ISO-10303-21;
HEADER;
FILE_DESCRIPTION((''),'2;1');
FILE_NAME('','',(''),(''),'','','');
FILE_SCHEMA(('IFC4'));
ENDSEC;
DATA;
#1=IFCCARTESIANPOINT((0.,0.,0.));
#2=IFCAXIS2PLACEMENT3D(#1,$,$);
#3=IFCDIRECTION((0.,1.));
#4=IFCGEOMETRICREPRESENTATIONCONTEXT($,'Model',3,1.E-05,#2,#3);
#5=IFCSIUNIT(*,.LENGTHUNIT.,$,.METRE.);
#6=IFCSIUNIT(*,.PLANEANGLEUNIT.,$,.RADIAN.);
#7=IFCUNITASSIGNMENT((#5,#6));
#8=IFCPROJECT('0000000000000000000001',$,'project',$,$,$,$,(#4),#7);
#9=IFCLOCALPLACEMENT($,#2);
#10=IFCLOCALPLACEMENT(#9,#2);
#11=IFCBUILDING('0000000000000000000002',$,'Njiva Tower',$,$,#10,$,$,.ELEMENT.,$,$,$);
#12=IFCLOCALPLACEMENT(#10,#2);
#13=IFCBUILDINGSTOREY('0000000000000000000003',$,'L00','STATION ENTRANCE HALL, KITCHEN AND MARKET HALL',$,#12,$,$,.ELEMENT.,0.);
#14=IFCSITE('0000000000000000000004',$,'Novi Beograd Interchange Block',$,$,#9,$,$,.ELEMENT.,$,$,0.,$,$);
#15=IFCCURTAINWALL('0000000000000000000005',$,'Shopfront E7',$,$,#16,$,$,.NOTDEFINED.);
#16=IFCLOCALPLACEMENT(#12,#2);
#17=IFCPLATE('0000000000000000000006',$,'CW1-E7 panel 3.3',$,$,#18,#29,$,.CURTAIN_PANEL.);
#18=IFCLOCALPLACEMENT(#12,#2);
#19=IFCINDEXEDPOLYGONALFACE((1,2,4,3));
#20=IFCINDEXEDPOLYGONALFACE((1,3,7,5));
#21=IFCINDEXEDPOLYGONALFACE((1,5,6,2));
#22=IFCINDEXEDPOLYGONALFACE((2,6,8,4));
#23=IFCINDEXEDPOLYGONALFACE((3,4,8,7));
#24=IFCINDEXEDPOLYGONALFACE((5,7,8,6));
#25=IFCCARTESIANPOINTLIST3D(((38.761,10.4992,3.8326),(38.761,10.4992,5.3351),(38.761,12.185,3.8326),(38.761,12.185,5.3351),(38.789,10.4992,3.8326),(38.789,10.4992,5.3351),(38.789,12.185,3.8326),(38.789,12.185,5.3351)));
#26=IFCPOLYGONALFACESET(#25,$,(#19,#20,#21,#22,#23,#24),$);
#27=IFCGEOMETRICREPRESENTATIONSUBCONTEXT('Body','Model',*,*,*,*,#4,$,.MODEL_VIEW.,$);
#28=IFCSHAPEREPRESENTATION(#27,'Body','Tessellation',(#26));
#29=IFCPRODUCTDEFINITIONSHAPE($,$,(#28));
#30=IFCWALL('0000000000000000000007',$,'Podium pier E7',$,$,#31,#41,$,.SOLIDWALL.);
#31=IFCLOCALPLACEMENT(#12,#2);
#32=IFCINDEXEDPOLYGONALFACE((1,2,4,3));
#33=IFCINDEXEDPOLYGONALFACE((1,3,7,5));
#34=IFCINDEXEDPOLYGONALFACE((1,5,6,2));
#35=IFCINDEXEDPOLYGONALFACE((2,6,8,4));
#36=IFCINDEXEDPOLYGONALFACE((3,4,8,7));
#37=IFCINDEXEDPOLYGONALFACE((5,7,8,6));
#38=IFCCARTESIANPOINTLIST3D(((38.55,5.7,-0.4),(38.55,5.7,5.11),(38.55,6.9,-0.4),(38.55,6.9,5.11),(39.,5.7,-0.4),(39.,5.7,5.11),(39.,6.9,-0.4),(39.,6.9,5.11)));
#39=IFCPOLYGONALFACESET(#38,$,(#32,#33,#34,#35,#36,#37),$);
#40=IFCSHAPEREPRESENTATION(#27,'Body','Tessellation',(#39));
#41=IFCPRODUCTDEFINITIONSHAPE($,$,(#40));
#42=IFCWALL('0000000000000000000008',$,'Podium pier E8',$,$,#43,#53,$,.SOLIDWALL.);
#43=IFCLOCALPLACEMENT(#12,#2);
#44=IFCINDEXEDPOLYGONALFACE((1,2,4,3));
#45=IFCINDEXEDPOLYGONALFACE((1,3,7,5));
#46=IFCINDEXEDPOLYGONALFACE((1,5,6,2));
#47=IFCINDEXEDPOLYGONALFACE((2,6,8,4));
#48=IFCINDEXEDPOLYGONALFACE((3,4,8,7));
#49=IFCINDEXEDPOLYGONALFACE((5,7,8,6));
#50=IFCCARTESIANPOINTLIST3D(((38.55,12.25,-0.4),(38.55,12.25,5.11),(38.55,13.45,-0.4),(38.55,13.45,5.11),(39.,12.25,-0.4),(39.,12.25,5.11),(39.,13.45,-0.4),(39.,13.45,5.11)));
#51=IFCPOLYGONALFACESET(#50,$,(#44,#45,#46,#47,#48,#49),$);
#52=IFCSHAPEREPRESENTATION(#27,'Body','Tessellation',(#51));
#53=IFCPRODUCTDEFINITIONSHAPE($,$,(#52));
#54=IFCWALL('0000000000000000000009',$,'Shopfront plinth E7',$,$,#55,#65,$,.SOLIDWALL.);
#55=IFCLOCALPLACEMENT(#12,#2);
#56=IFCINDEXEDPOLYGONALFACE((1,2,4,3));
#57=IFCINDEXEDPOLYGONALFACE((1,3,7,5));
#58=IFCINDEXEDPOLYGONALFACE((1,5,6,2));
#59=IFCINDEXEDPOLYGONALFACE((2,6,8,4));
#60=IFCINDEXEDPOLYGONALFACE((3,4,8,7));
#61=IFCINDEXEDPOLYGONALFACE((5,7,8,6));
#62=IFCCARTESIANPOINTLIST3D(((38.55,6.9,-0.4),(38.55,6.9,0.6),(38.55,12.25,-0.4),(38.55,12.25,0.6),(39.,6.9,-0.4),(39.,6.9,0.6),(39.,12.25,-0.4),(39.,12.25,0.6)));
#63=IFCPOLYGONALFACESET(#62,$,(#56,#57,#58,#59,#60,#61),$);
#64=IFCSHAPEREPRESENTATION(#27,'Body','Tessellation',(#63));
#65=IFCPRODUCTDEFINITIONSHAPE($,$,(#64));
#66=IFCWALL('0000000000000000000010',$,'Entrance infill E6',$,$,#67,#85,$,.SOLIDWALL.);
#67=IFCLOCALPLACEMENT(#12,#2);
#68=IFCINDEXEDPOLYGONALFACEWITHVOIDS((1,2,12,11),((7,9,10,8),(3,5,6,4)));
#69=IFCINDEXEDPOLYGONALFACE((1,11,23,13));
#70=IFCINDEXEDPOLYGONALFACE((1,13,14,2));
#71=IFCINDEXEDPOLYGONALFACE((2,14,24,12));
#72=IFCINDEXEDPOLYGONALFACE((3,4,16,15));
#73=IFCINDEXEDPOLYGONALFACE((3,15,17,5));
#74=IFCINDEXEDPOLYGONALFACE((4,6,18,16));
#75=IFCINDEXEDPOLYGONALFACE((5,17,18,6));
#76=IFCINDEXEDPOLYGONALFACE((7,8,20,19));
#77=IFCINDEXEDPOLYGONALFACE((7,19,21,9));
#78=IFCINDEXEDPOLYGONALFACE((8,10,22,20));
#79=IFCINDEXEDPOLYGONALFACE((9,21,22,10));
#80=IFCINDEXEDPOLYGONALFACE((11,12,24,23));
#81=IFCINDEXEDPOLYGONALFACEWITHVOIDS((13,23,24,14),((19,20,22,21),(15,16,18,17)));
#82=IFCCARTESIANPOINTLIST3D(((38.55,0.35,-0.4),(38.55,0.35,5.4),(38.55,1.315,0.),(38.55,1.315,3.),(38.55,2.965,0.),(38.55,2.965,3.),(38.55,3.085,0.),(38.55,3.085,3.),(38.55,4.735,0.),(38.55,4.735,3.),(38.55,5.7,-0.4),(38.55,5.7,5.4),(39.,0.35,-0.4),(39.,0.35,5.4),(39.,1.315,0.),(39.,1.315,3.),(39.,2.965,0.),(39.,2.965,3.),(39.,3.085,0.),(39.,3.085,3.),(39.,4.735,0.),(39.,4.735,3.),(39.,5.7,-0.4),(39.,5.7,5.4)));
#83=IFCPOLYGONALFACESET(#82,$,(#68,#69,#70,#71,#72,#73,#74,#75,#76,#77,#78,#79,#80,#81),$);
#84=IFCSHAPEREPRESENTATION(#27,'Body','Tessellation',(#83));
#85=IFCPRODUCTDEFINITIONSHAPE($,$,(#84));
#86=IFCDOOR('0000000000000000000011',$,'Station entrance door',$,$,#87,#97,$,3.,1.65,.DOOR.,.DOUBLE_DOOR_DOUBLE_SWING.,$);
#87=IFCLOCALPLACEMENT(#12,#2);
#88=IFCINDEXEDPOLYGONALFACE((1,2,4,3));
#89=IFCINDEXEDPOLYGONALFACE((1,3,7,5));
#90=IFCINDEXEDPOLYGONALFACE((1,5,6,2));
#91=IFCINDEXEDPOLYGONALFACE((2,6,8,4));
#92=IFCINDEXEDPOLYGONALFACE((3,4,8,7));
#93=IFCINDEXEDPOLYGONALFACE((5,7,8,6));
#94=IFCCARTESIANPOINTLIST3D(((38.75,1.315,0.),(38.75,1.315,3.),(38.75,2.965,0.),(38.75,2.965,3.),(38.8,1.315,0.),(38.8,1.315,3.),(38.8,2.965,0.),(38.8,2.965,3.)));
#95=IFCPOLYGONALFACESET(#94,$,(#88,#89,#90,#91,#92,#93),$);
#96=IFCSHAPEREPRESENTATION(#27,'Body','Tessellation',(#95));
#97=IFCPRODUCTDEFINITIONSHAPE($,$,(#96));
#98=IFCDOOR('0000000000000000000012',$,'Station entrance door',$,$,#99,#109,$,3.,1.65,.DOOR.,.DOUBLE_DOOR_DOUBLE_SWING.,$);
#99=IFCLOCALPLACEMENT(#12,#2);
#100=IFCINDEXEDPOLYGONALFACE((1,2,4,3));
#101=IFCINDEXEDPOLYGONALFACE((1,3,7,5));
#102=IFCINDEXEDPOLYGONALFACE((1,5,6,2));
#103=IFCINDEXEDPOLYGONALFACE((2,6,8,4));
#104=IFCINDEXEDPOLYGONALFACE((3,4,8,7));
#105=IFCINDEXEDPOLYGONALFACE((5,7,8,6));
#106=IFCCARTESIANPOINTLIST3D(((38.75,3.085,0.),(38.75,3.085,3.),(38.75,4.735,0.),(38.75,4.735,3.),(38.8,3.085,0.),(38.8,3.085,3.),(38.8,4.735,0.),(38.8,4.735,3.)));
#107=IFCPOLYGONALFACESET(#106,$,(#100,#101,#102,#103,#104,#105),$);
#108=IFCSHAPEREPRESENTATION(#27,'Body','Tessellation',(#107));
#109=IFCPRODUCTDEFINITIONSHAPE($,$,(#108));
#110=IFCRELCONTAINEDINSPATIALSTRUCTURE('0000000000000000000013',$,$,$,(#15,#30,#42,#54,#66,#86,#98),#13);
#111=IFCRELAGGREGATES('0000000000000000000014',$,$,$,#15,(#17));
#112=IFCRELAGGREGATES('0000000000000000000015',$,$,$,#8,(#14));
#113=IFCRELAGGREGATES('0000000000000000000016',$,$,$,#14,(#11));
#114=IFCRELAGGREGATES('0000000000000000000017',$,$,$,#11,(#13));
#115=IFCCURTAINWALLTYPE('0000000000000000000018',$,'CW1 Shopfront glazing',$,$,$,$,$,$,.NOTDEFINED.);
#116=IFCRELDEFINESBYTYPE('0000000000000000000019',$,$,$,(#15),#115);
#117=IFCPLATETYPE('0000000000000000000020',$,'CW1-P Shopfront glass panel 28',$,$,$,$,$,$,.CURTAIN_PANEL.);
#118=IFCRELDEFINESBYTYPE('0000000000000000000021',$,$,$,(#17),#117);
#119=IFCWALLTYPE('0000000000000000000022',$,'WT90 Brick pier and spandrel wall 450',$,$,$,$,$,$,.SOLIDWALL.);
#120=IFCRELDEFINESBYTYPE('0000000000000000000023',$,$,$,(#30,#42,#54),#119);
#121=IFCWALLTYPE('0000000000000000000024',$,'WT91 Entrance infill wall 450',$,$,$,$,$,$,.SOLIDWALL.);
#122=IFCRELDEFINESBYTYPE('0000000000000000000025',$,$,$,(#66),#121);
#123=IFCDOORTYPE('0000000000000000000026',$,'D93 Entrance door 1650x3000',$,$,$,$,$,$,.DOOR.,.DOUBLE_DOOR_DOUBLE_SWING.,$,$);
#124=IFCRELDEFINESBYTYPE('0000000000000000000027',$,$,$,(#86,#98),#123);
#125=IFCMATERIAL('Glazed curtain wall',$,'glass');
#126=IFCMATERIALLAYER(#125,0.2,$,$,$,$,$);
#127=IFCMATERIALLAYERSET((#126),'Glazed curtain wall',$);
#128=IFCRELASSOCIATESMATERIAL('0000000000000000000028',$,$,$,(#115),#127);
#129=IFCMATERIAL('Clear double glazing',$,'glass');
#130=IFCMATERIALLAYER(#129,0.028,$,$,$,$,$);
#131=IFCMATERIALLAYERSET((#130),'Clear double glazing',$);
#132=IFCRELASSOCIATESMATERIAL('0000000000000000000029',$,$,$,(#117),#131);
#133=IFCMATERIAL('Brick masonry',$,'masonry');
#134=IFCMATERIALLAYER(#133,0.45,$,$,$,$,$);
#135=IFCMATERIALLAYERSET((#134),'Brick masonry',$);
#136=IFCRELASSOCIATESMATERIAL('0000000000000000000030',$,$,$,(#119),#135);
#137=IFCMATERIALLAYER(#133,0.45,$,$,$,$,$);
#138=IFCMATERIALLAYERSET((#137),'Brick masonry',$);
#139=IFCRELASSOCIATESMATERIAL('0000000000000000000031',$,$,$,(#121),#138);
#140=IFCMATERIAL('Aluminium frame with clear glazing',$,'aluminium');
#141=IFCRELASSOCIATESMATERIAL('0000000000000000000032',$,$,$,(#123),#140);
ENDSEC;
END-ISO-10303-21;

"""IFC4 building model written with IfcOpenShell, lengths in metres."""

from ifc_helpers import new_model, si_unit, direction, frame, frame_2d, origin, origin_2d, place, context, subcontext, project, spatial, polyline, rectangle, outline, extrude, material, layer, layer_set, type_object, element, fill, aggregate, save


model = new_model("IFC4")

# Units and contexts
model_context = context("Model", 3, precision=1e-05, world=origin(), true_north=direction((0.0, 1.0)))
body_context = subcontext(model_context, "Body", "Model", "MODEL_VIEW")
ifc_project = project(units=[si_unit("LENGTHUNIT", "METRE"), si_unit("PLANEANGLEUNIT", "RADIAN")], contexts=[model_context])

# Site, building, storey
site_placement = place(None, origin())
site = spatial("IfcSite", under=ifc_project, at=site_placement, Name="Novi Beograd Interchange Block", CompositionType="ELEMENT", RefElevation=0.0)
building_placement = place(site_placement, origin())
building = spatial("IfcBuilding", under=site, at=building_placement, Name="Njiva Tower", CompositionType="ELEMENT")
storey_placement = place(building_placement, origin())
storey = spatial("IfcBuildingStorey", under=building, at=storey_placement, Name="L00", Description="STATION ENTRANCE HALL, KITCHEN AND MARKET HALL", CompositionType="ELEMENT", Elevation=0.0)

# Curtain wall, plate
ifc_material_1 = material(Name="Glazed curtain wall", Category="glass")
ifc_layer_1 = layer(ifc_material_1, 0.2)
ifc_layer_set_1 = layer_set([ifc_layer_1], Name="Glazed curtain wall")
curtain_wall_type = type_object("IfcCurtainWallType", Name="CW1 Shopfront glazing", PredefinedType="NOTDEFINED", material=ifc_layer_set_1)
curtain_wall_placement = place(storey_placement, origin())
curtain_wall = element("IfcCurtainWall", 1, at=curtain_wall_placement, inside=storey, type_object=curtain_wall_type, Name="Shopfront E7", PredefinedType="NOTDEFINED")
ifc_material_2 = material(Name="Clear double glazing", Category="glass")
ifc_layer_2 = layer(ifc_material_2, 0.028)
ifc_layer_set_2 = layer_set([ifc_layer_2], Name="Clear double glazing")
plate_type = type_object("IfcPlateType", Name="CW1-P Shopfront glass panel 28", PredefinedType="CURTAIN_PANEL", material=ifc_layer_set_2)
plate_1_placement = place(storey_placement, frame((38.775, 11.3421, 3.8326), z_axis=(0.0, 0.0, 1.0), x_axis=(0.0, 1.0, 0.0)))
plate_1 = element("IfcPlate", 2, at=plate_1_placement, type_object=plate_type, Name="CW1-E7 panel 3.3", PredefinedType="CURTAIN_PANEL", context=body_context, shape_type="SweptSolid", body=[
    extrude(rectangle(XDim=1.6858, YDim=0.028, at=origin_2d()), origin(), (0.0, 0.0, 1.0), 1.5025),
])
aggregate(curtain_wall, [plate_1])

# Walls
ifc_material_3 = material(Name="Brick masonry", Category="masonry")
ifc_layer_3 = layer(ifc_material_3, 0.45)
ifc_layer_set_3 = layer_set([ifc_layer_3], Name="Brick masonry")
wall_type_1 = type_object("IfcWallType", Name="WT90 Brick pier and spandrel wall 450", PredefinedType="SOLIDWALL", material=ifc_layer_set_3)
for number, where, z_axis, x_axis, name in (
    (3, (38.775, 5.7, -0.4), (0.0, 0.0, 1.0), (0.0, 1.0, 0.0), "Podium pier E7"),
    (4, (38.775, 12.25, -0.4), (0.0, 0.0, 1.0), (0.0, 1.0, 0.0), "Podium pier E8"),
):
    element("IfcWall", number, at=place(storey_placement, frame(where, z_axis=z_axis, x_axis=x_axis)), inside=storey, type_object=wall_type_1, Name=name, PredefinedType="SOLIDWALL", context=body_context, shape_type="SweptSolid", body=[
        extrude(outline(polyline([(0.0, -0.225), (1.2, -0.225), (1.2, 0.225), (0.0, 0.225), (0.0, -0.225)])), origin(), (0.0, 0.0, 1.0), 5.51),
    ])
wall_1_placement = place(storey_placement, frame((38.775, 6.9, -0.4), z_axis=(0.0, 0.0, 1.0), x_axis=(0.0, 1.0, 0.0)))
element("IfcWall", 5, at=wall_1_placement, inside=storey, type_object=wall_type_1, Name="Shopfront plinth E7", PredefinedType="SOLIDWALL", context=body_context, shape_type="SweptSolid", body=[
    extrude(outline(polyline([(0.0, -0.225), (5.35, -0.225), (5.35, 0.225), (0.0, 0.225), (0.0, -0.225)])), origin(), (0.0, 0.0, 1.0), 1.0),
])

# Wall, openings, doors
ifc_layer_4 = layer(ifc_material_3, 0.45)
ifc_layer_set_4 = layer_set([ifc_layer_4], Name="Brick masonry")
wall_type_2 = type_object("IfcWallType", Name="WT91 Entrance infill wall 450", PredefinedType="SOLIDWALL", material=ifc_layer_set_4)
wall_2_placement = place(storey_placement, frame((38.775, 0.35, -0.4), z_axis=(0.0, 0.0, 1.0), x_axis=(0.0, 1.0, 0.0)))
wall_2 = element("IfcWall", 6, at=wall_2_placement, inside=storey, type_object=wall_type_2, Name="Entrance infill E6", PredefinedType="SOLIDWALL", context=body_context, shape_type="SweptSolid", body=[
    extrude(outline(polyline([(0.0, -0.225), (5.35, -0.225), (5.35, 0.225), (0.0, 0.225), (0.0, -0.225)])), origin(), (0.0, 0.0, 1.0), 5.8),
])
opening_1_placement = place(wall_2_placement, frame((0.965, 0.0, 0.4)))
opening_1 = element("IfcOpeningElement", 7, at=opening_1_placement, cuts=wall_2, PredefinedType="OPENING", context=body_context, shape_type="SweptSolid", body=[
    extrude(rectangle(XDim=1.65, YDim=3.0, at=frame_2d((0.825, 1.5))), frame((0.0, 0.235, 0.0), z_axis=(0.0, -1.0, 0.0), x_axis=(1.0, 0.0, 0.0)), (0.0, 0.0, 1.0), 0.47),
])
opening_2_placement = place(wall_2_placement, frame((2.735, 0.0, 0.4)))
opening_2 = element("IfcOpeningElement", 8, at=opening_2_placement, cuts=wall_2, PredefinedType="OPENING", context=body_context, shape_type="SweptSolid", body=[
    extrude(rectangle(XDim=1.65, YDim=3.0, at=frame_2d((0.825, 1.5))), frame((0.0, 0.235, 0.0), z_axis=(0.0, -1.0, 0.0), x_axis=(1.0, 0.0, 0.0)), (0.0, 0.0, 1.0), 0.47),
])
ifc_material_4 = material(Name="Aluminium frame with clear glazing", Category="aluminium")
door_type = type_object("IfcDoorType", Name="D93 Entrance door 1650x3000", OperationType="DOUBLE_DOOR_DOUBLE_SWING", PredefinedType="DOOR", material=ifc_material_4)
door_1_placement = place(opening_1_placement, frame((1.65, 0.0, 0.0), z_axis=(0.0, 0.0, 1.0), x_axis=(-1.0, 0.0, 0.0)))
door_1 = element("IfcDoor", 9, at=door_1_placement, inside=storey, type_object=door_type, Name="Station entrance door", OperationType="DOUBLE_DOOR_DOUBLE_SWING", OverallHeight=3.0, OverallWidth=1.65, PredefinedType="DOOR", context=body_context, shape_type="SweptSolid", body=[
    extrude(rectangle(XDim=1.65, YDim=3.0, at=frame_2d((0.825, 1.5))), frame((0.0, 0.025, 0.0), z_axis=(0.0, -1.0, 0.0), x_axis=(1.0, 0.0, 0.0)), (0.0, 0.0, 1.0), 0.05),
])
fill(opening_1, door_1)
door_2_placement = place(opening_2_placement, frame((1.65, 0.0, 0.0), z_axis=(0.0, 0.0, 1.0), x_axis=(-1.0, 0.0, 0.0)))
door_2 = element("IfcDoor", 10, at=door_2_placement, inside=storey, type_object=door_type, Name="Station entrance door", OperationType="DOUBLE_DOOR_DOUBLE_SWING", OverallHeight=3.0, OverallWidth=1.65, PredefinedType="DOOR", context=body_context, shape_type="SweptSolid", body=[
    extrude(rectangle(XDim=1.65, YDim=3.0, at=frame_2d((0.825, 1.5))), frame((0.0, 0.025, 0.0), z_axis=(0.0, -1.0, 0.0), x_axis=(1.0, 0.0, 0.0)), (0.0, 0.0, 1.0), 0.05),
])
fill(opening_2, door_2)

save(model, "model.ifc")
